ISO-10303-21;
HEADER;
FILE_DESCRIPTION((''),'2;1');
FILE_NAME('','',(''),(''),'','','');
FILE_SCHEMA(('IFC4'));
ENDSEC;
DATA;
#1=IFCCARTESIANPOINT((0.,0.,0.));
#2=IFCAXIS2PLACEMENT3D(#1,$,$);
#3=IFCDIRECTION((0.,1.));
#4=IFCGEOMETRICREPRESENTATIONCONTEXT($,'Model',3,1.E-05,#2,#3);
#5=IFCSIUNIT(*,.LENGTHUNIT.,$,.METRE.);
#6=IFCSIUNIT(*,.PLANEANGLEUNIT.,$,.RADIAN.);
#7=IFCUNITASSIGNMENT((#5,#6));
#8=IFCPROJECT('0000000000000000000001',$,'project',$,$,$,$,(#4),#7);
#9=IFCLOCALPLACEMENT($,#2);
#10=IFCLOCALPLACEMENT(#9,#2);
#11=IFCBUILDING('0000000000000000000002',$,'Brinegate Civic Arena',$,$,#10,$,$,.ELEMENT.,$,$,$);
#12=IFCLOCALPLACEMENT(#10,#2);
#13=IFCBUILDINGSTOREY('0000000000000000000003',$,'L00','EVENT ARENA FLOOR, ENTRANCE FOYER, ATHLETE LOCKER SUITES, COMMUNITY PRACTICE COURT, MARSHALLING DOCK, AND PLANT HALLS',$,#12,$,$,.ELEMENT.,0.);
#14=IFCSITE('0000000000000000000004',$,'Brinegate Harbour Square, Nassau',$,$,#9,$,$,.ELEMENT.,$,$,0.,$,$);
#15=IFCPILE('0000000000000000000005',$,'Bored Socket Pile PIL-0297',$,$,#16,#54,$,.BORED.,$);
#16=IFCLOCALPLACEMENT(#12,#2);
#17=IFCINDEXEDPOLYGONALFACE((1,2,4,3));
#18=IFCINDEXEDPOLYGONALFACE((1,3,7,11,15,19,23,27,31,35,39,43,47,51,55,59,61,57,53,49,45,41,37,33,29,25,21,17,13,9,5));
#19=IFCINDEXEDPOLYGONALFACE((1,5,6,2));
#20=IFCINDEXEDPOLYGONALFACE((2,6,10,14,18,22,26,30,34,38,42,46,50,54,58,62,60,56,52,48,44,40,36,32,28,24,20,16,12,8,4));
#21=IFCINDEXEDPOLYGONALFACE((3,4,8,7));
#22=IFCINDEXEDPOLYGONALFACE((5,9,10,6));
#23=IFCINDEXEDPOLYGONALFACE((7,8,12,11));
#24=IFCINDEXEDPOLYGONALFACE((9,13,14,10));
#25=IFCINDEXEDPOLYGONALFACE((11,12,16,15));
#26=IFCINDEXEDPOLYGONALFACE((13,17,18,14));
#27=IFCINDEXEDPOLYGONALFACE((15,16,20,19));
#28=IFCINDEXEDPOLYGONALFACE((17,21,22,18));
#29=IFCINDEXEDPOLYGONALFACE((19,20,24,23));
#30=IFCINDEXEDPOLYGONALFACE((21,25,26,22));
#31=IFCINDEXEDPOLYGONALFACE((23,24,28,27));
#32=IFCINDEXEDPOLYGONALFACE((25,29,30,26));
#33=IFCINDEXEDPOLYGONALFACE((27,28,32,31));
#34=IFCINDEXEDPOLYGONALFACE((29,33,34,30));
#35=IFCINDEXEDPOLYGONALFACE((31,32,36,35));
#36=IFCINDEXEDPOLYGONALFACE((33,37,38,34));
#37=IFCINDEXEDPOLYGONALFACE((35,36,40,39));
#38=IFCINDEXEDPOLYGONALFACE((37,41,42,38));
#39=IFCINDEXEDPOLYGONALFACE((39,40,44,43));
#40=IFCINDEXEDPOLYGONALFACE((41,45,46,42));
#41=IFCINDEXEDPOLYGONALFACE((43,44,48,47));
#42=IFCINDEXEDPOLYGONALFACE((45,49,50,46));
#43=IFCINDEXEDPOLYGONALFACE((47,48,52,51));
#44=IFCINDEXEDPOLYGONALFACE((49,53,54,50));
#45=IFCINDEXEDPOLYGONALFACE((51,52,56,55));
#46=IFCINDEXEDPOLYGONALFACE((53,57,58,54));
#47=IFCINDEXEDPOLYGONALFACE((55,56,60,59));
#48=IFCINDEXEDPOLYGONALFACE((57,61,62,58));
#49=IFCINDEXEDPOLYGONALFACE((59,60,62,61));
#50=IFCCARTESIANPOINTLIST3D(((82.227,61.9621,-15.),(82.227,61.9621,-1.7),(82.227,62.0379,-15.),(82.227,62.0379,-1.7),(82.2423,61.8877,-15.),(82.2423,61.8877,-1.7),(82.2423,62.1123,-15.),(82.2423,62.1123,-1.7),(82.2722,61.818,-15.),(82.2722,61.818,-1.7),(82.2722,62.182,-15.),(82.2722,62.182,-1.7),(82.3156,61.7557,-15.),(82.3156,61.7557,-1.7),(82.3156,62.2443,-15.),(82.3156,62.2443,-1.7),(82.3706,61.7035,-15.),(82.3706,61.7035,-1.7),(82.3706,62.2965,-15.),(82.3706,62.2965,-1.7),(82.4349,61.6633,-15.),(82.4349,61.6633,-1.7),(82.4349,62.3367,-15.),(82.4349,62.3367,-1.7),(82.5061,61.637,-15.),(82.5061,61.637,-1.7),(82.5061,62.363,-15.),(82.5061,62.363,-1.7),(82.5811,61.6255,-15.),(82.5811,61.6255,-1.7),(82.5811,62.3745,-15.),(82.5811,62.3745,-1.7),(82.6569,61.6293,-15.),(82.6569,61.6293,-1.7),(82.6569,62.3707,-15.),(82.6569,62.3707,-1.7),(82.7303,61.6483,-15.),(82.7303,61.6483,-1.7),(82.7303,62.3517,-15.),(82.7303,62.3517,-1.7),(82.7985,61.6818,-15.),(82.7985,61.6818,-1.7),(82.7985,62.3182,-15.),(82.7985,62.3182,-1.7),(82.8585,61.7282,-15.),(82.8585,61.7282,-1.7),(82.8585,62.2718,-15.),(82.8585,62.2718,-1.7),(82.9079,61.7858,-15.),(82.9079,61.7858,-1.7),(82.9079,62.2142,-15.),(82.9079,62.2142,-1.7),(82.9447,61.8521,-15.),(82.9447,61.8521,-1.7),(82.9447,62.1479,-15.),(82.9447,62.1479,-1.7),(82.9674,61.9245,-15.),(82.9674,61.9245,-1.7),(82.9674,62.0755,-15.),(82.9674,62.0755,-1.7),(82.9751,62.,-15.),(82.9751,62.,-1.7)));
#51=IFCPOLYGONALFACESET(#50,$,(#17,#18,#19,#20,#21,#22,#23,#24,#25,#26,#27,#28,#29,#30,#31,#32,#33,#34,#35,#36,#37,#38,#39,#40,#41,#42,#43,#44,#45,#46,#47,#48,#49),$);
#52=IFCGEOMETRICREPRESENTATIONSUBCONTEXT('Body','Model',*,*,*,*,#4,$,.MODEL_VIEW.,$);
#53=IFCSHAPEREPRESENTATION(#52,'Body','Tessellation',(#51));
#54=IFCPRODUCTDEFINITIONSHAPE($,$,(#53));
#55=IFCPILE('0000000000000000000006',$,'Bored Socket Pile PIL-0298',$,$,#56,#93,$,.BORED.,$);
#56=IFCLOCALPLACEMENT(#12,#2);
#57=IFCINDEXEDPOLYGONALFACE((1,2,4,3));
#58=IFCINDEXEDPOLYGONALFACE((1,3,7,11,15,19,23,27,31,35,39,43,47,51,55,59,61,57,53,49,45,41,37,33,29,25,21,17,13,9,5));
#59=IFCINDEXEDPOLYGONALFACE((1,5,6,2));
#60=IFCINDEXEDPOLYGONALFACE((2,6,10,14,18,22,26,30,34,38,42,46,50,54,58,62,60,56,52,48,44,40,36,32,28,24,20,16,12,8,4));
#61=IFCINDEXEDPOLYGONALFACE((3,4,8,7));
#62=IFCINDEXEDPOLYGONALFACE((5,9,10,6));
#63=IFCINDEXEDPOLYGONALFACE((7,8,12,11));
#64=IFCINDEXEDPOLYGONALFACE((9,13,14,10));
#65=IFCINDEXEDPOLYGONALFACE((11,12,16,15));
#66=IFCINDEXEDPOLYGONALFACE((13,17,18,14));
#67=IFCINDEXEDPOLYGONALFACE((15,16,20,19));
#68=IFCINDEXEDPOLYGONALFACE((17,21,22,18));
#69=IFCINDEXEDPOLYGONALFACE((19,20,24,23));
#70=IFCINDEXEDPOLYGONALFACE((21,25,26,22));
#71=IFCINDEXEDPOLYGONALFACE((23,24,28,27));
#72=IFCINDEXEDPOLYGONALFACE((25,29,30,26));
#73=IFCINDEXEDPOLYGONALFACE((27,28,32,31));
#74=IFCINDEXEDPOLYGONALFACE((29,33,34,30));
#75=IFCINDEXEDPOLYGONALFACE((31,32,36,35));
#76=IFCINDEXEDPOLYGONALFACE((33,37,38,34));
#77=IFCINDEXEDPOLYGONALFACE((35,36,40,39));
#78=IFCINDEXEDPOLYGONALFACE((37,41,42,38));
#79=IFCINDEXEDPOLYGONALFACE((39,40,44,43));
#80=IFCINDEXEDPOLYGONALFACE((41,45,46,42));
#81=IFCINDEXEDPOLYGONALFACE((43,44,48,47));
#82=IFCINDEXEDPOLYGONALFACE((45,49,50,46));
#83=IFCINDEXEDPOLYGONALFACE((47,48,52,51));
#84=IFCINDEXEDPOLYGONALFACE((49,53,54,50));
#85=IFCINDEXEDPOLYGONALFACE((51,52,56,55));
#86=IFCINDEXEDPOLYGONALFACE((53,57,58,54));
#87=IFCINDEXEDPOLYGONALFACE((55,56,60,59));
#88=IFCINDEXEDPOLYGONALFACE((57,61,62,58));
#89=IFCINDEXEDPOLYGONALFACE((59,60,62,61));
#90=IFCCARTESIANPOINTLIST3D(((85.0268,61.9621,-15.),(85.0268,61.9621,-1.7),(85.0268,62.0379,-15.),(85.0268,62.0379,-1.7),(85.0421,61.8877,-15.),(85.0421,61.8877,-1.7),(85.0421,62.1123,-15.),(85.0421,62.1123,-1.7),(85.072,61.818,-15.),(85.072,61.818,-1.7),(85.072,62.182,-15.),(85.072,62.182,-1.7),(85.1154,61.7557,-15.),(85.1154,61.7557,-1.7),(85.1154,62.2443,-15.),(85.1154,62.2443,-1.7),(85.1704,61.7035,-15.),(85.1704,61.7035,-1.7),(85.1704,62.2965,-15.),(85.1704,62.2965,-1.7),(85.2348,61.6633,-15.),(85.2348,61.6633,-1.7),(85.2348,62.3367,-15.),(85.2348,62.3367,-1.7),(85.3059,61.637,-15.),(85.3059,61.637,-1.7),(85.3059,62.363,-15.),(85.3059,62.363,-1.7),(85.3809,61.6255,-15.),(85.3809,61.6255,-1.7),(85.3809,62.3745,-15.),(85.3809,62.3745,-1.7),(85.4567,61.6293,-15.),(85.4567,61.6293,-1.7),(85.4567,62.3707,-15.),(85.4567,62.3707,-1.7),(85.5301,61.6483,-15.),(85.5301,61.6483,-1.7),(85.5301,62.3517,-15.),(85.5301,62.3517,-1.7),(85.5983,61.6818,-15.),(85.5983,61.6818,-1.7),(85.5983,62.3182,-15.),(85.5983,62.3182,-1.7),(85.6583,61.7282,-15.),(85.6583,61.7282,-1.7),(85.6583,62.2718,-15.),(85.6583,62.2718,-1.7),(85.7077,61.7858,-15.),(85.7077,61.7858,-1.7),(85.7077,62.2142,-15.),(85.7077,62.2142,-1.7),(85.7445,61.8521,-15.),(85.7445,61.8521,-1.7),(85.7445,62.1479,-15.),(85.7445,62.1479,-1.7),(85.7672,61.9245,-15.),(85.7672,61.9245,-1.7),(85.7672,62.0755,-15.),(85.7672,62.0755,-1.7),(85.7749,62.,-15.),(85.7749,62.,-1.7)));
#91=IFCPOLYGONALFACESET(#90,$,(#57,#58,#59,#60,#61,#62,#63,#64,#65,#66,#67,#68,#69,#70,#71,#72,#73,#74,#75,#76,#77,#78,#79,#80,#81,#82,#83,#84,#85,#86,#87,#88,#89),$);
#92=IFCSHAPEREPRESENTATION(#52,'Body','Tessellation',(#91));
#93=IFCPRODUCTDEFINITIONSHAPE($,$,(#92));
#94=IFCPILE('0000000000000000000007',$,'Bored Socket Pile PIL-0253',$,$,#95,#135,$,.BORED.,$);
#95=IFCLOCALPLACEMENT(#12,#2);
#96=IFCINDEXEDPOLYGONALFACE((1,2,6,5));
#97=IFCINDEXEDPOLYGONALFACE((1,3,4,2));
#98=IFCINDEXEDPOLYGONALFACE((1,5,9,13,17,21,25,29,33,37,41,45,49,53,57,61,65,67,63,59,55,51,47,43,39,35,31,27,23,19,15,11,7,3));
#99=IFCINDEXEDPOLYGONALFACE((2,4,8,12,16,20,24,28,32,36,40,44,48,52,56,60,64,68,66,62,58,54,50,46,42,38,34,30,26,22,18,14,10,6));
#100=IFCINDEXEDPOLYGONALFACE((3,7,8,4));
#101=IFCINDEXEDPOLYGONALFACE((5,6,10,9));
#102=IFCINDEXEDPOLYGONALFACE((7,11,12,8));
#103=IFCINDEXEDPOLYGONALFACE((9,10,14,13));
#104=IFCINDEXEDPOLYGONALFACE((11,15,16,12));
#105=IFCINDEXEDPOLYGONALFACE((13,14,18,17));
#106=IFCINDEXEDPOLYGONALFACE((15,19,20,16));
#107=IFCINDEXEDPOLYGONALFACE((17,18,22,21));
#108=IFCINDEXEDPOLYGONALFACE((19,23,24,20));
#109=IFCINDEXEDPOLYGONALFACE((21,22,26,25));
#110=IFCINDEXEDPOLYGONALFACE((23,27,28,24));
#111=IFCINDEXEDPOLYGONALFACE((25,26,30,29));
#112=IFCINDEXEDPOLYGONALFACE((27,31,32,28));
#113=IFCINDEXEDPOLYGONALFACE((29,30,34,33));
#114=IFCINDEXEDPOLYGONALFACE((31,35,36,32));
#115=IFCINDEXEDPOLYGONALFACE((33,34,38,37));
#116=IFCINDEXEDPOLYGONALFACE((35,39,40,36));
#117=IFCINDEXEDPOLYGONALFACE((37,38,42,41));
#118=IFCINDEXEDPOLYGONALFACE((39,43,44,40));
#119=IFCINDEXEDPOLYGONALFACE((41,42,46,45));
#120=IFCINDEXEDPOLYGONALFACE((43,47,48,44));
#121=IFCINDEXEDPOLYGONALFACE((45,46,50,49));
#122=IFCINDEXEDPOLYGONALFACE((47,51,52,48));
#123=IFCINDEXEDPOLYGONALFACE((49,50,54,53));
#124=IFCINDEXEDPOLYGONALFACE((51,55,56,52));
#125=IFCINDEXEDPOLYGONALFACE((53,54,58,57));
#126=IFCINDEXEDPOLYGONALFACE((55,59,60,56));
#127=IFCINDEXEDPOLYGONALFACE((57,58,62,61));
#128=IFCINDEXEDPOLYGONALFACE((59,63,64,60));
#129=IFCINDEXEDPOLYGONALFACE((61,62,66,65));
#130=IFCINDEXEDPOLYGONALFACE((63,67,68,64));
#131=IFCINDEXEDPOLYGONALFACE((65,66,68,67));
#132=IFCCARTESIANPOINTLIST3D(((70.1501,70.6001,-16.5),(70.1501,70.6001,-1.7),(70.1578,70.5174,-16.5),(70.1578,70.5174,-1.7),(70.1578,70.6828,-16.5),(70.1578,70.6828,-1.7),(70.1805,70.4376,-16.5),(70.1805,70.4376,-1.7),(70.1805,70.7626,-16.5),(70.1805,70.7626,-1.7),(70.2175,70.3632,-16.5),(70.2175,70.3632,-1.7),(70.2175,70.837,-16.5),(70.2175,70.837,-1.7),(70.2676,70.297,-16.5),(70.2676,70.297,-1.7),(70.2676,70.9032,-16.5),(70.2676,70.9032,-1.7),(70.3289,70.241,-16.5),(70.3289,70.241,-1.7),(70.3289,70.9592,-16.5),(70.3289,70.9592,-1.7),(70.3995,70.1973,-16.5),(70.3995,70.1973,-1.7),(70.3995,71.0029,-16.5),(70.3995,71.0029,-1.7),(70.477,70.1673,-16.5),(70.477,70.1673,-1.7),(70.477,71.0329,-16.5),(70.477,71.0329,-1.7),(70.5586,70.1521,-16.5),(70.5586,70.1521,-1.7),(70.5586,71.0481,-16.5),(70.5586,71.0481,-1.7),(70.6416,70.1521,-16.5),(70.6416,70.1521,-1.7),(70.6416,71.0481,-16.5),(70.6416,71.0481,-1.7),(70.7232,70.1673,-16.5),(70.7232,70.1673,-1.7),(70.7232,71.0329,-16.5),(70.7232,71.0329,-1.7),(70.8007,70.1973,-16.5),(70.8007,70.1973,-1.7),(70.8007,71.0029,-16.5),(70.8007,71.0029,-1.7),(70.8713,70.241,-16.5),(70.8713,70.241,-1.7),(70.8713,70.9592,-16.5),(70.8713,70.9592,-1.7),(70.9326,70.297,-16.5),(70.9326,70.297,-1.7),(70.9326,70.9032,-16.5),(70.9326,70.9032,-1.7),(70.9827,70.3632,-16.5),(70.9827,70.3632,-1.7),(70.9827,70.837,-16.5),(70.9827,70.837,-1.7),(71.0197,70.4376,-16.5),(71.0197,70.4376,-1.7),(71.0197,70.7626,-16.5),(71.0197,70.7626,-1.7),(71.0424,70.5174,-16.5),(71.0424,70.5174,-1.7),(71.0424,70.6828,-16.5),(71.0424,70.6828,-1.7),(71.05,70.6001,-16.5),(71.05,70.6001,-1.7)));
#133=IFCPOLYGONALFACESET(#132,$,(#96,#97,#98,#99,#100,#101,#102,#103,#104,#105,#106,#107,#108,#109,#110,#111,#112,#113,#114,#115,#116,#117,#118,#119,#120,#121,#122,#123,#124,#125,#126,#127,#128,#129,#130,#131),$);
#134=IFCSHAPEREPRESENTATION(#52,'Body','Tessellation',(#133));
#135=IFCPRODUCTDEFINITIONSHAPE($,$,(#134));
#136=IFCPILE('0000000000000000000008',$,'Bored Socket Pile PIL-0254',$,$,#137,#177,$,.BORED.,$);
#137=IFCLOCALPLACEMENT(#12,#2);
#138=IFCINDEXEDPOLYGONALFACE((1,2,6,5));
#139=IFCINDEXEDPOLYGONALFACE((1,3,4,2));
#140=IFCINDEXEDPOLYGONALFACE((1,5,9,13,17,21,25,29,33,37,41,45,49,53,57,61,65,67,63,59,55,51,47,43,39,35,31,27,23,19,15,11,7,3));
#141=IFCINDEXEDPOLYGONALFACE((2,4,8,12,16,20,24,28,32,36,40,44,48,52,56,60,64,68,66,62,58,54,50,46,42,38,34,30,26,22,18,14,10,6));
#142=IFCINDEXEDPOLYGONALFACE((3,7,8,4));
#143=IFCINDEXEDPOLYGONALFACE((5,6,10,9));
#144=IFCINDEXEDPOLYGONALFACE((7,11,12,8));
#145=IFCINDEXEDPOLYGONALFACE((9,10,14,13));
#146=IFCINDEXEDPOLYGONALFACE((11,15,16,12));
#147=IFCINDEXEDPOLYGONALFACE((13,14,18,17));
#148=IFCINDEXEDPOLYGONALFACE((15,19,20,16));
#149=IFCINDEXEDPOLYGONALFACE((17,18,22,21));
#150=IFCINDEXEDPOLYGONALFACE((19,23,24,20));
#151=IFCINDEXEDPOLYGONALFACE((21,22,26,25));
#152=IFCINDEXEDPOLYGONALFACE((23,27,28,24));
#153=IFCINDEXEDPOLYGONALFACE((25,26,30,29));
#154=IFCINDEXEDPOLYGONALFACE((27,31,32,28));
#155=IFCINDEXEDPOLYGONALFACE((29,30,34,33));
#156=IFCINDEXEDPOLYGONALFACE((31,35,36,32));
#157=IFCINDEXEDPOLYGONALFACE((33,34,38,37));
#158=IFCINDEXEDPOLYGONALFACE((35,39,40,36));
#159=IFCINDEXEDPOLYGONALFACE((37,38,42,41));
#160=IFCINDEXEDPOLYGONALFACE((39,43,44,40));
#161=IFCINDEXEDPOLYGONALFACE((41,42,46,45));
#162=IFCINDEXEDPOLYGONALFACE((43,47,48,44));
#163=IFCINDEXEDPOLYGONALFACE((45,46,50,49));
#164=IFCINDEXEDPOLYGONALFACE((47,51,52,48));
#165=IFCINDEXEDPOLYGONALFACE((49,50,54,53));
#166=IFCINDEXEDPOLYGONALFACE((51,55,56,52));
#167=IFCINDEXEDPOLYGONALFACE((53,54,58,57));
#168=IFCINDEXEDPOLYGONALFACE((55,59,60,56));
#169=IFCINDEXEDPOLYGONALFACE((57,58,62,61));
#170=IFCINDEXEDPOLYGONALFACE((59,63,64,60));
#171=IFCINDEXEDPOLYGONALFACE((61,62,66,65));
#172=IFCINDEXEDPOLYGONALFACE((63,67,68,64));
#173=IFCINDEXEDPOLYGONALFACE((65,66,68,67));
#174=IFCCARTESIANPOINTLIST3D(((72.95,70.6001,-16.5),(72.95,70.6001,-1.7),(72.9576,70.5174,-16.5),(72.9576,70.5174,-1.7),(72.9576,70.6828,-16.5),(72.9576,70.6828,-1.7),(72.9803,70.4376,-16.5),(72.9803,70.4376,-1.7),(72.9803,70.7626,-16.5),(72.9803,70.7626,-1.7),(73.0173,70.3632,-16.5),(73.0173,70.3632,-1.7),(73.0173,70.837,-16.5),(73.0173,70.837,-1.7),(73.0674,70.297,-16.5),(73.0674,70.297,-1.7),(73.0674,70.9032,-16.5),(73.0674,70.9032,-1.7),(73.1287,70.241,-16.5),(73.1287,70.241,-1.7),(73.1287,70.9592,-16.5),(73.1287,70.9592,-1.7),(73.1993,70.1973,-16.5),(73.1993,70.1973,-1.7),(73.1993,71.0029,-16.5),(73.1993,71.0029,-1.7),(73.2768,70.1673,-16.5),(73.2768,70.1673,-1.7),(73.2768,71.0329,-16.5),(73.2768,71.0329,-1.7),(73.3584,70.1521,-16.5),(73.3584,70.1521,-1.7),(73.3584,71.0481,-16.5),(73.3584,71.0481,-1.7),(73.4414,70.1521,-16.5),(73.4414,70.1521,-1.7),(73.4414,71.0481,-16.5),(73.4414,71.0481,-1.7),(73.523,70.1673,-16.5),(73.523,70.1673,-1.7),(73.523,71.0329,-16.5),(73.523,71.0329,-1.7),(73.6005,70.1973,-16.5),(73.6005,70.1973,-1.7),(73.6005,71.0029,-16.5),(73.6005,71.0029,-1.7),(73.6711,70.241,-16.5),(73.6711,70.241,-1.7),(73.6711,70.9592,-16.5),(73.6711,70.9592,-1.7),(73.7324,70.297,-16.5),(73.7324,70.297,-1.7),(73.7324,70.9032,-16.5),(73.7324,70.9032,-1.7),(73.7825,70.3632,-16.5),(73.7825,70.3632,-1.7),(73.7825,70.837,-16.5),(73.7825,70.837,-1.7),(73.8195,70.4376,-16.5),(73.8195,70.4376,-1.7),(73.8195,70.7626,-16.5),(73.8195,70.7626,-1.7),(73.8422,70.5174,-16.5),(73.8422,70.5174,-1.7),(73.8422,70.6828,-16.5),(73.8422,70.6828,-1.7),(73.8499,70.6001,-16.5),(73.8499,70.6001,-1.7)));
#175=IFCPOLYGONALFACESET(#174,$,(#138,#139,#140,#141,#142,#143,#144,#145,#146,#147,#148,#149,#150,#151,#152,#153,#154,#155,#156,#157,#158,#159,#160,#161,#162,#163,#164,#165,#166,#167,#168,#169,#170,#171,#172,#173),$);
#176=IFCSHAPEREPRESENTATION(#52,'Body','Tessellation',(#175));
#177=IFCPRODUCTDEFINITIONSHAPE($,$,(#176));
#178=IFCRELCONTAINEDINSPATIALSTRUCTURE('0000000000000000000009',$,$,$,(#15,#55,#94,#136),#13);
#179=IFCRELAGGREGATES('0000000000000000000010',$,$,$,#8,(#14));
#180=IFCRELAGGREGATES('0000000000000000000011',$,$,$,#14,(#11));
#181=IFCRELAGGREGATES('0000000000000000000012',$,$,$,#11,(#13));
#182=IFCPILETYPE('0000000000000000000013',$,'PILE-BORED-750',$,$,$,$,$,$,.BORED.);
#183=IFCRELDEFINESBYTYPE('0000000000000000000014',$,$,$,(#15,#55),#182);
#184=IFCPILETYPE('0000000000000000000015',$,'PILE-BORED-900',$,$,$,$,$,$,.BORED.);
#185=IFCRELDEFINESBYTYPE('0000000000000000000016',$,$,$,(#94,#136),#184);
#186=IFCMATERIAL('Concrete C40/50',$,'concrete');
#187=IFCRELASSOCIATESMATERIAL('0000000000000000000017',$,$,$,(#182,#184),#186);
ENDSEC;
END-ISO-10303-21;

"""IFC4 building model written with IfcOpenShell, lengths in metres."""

from ifc_helpers import new_model, si_unit, direction, frame, origin, origin_2d, place, context, subcontext, project, spatial, circle, extrude, material, material_profile, profile_set, type_object, element, save


model = new_model("IFC4")

# Units and contexts
model_context = context("Model", 3, precision=1e-05, world=origin(), true_north=direction((0.0, 1.0)))
body_context = subcontext(model_context, "Body", "Model", "MODEL_VIEW")
ifc_project = project(units=[si_unit("LENGTHUNIT", "METRE"), si_unit("PLANEANGLEUNIT", "RADIAN")], contexts=[model_context])

# Site, building, storey
site_placement = place(None, origin())
site = spatial("IfcSite", under=ifc_project, at=site_placement, Name="Brinegate Harbour Square, Nassau", CompositionType="ELEMENT", RefElevation=0.0)
building_placement = place(site_placement, origin())
building = spatial("IfcBuilding", under=site, at=building_placement, Name="Brinegate Civic Arena", CompositionType="ELEMENT")
storey_placement = place(building_placement, origin())
storey = spatial("IfcBuildingStorey", under=building, at=storey_placement, Name="L00", Description="EVENT ARENA FLOOR, ENTRANCE FOYER, ATHLETE LOCKER SUITES, COMMUNITY PRACTICE COURT, MARSHALLING DOCK, AND PLANT HALLS", CompositionType="ELEMENT", Elevation=0.0)

# Shared definitions
ifc_material_1 = material(Name="Concrete C40/50", Category="concrete")

# Piles
ifc_material_profile_1 = material_profile(ifc_material_1, circle(Radius=0.375, at=origin_2d()), Name="PILED750")
ifc_profile_set_1 = profile_set([ifc_material_profile_1], Name="Concrete C40/50")
pile_type_1 = type_object("IfcPileType", Name="PILE-BORED-750", PredefinedType="BORED", material=ifc_profile_set_1)
for number, where, z_axis, x_axis, name in (
    (1, (82.6001, 62.0, -1.7), (0.0, 0.0, -1.0), (1.0, 0.0, 0.0), "Bored Socket Pile PIL-0297"),
    (2, (85.3999, 62.0, -1.7), (0.0, 0.0, -1.0), (1.0, 0.0, 0.0), "Bored Socket Pile PIL-0298"),
):
    element("IfcPile", number, at=place(storey_placement, frame(where, z_axis=z_axis, x_axis=x_axis)), inside=storey, type_object=pile_type_1, Name=name, PredefinedType="BORED", context=body_context, shape_type="SweptSolid", body=[
        extrude(circle(Radius=0.375, at=origin_2d()), origin(), (0.0, 0.0, 1.0), 13.3),
    ])
ifc_material_profile_2 = material_profile(ifc_material_1, circle(Radius=0.45, at=origin_2d()), Name="PILED900")
ifc_profile_set_2 = profile_set([ifc_material_profile_2], Name="Concrete C40/50")
pile_type_2 = type_object("IfcPileType", Name="PILE-BORED-900", PredefinedType="BORED", material=ifc_profile_set_2)
for number, where, z_axis, x_axis, name in (
    (3, (70.6001, 70.6001, -1.7), (0.0, 0.0, -1.0), (1.0, 0.0, 0.0), "Bored Socket Pile PIL-0253"),
    (4, (73.3999, 70.6001, -1.7), (0.0, 0.0, -1.0), (1.0, 0.0, 0.0), "Bored Socket Pile PIL-0254"),
):
    element("IfcPile", number, at=place(storey_placement, frame(where, z_axis=z_axis, x_axis=x_axis)), inside=storey, type_object=pile_type_2, Name=name, PredefinedType="BORED", context=body_context, shape_type="SweptSolid", body=[
        extrude(circle(Radius=0.45, at=origin_2d()), origin(), (0.0, 0.0, 1.0), 14.8),
    ])

save(model, "model.ifc")
